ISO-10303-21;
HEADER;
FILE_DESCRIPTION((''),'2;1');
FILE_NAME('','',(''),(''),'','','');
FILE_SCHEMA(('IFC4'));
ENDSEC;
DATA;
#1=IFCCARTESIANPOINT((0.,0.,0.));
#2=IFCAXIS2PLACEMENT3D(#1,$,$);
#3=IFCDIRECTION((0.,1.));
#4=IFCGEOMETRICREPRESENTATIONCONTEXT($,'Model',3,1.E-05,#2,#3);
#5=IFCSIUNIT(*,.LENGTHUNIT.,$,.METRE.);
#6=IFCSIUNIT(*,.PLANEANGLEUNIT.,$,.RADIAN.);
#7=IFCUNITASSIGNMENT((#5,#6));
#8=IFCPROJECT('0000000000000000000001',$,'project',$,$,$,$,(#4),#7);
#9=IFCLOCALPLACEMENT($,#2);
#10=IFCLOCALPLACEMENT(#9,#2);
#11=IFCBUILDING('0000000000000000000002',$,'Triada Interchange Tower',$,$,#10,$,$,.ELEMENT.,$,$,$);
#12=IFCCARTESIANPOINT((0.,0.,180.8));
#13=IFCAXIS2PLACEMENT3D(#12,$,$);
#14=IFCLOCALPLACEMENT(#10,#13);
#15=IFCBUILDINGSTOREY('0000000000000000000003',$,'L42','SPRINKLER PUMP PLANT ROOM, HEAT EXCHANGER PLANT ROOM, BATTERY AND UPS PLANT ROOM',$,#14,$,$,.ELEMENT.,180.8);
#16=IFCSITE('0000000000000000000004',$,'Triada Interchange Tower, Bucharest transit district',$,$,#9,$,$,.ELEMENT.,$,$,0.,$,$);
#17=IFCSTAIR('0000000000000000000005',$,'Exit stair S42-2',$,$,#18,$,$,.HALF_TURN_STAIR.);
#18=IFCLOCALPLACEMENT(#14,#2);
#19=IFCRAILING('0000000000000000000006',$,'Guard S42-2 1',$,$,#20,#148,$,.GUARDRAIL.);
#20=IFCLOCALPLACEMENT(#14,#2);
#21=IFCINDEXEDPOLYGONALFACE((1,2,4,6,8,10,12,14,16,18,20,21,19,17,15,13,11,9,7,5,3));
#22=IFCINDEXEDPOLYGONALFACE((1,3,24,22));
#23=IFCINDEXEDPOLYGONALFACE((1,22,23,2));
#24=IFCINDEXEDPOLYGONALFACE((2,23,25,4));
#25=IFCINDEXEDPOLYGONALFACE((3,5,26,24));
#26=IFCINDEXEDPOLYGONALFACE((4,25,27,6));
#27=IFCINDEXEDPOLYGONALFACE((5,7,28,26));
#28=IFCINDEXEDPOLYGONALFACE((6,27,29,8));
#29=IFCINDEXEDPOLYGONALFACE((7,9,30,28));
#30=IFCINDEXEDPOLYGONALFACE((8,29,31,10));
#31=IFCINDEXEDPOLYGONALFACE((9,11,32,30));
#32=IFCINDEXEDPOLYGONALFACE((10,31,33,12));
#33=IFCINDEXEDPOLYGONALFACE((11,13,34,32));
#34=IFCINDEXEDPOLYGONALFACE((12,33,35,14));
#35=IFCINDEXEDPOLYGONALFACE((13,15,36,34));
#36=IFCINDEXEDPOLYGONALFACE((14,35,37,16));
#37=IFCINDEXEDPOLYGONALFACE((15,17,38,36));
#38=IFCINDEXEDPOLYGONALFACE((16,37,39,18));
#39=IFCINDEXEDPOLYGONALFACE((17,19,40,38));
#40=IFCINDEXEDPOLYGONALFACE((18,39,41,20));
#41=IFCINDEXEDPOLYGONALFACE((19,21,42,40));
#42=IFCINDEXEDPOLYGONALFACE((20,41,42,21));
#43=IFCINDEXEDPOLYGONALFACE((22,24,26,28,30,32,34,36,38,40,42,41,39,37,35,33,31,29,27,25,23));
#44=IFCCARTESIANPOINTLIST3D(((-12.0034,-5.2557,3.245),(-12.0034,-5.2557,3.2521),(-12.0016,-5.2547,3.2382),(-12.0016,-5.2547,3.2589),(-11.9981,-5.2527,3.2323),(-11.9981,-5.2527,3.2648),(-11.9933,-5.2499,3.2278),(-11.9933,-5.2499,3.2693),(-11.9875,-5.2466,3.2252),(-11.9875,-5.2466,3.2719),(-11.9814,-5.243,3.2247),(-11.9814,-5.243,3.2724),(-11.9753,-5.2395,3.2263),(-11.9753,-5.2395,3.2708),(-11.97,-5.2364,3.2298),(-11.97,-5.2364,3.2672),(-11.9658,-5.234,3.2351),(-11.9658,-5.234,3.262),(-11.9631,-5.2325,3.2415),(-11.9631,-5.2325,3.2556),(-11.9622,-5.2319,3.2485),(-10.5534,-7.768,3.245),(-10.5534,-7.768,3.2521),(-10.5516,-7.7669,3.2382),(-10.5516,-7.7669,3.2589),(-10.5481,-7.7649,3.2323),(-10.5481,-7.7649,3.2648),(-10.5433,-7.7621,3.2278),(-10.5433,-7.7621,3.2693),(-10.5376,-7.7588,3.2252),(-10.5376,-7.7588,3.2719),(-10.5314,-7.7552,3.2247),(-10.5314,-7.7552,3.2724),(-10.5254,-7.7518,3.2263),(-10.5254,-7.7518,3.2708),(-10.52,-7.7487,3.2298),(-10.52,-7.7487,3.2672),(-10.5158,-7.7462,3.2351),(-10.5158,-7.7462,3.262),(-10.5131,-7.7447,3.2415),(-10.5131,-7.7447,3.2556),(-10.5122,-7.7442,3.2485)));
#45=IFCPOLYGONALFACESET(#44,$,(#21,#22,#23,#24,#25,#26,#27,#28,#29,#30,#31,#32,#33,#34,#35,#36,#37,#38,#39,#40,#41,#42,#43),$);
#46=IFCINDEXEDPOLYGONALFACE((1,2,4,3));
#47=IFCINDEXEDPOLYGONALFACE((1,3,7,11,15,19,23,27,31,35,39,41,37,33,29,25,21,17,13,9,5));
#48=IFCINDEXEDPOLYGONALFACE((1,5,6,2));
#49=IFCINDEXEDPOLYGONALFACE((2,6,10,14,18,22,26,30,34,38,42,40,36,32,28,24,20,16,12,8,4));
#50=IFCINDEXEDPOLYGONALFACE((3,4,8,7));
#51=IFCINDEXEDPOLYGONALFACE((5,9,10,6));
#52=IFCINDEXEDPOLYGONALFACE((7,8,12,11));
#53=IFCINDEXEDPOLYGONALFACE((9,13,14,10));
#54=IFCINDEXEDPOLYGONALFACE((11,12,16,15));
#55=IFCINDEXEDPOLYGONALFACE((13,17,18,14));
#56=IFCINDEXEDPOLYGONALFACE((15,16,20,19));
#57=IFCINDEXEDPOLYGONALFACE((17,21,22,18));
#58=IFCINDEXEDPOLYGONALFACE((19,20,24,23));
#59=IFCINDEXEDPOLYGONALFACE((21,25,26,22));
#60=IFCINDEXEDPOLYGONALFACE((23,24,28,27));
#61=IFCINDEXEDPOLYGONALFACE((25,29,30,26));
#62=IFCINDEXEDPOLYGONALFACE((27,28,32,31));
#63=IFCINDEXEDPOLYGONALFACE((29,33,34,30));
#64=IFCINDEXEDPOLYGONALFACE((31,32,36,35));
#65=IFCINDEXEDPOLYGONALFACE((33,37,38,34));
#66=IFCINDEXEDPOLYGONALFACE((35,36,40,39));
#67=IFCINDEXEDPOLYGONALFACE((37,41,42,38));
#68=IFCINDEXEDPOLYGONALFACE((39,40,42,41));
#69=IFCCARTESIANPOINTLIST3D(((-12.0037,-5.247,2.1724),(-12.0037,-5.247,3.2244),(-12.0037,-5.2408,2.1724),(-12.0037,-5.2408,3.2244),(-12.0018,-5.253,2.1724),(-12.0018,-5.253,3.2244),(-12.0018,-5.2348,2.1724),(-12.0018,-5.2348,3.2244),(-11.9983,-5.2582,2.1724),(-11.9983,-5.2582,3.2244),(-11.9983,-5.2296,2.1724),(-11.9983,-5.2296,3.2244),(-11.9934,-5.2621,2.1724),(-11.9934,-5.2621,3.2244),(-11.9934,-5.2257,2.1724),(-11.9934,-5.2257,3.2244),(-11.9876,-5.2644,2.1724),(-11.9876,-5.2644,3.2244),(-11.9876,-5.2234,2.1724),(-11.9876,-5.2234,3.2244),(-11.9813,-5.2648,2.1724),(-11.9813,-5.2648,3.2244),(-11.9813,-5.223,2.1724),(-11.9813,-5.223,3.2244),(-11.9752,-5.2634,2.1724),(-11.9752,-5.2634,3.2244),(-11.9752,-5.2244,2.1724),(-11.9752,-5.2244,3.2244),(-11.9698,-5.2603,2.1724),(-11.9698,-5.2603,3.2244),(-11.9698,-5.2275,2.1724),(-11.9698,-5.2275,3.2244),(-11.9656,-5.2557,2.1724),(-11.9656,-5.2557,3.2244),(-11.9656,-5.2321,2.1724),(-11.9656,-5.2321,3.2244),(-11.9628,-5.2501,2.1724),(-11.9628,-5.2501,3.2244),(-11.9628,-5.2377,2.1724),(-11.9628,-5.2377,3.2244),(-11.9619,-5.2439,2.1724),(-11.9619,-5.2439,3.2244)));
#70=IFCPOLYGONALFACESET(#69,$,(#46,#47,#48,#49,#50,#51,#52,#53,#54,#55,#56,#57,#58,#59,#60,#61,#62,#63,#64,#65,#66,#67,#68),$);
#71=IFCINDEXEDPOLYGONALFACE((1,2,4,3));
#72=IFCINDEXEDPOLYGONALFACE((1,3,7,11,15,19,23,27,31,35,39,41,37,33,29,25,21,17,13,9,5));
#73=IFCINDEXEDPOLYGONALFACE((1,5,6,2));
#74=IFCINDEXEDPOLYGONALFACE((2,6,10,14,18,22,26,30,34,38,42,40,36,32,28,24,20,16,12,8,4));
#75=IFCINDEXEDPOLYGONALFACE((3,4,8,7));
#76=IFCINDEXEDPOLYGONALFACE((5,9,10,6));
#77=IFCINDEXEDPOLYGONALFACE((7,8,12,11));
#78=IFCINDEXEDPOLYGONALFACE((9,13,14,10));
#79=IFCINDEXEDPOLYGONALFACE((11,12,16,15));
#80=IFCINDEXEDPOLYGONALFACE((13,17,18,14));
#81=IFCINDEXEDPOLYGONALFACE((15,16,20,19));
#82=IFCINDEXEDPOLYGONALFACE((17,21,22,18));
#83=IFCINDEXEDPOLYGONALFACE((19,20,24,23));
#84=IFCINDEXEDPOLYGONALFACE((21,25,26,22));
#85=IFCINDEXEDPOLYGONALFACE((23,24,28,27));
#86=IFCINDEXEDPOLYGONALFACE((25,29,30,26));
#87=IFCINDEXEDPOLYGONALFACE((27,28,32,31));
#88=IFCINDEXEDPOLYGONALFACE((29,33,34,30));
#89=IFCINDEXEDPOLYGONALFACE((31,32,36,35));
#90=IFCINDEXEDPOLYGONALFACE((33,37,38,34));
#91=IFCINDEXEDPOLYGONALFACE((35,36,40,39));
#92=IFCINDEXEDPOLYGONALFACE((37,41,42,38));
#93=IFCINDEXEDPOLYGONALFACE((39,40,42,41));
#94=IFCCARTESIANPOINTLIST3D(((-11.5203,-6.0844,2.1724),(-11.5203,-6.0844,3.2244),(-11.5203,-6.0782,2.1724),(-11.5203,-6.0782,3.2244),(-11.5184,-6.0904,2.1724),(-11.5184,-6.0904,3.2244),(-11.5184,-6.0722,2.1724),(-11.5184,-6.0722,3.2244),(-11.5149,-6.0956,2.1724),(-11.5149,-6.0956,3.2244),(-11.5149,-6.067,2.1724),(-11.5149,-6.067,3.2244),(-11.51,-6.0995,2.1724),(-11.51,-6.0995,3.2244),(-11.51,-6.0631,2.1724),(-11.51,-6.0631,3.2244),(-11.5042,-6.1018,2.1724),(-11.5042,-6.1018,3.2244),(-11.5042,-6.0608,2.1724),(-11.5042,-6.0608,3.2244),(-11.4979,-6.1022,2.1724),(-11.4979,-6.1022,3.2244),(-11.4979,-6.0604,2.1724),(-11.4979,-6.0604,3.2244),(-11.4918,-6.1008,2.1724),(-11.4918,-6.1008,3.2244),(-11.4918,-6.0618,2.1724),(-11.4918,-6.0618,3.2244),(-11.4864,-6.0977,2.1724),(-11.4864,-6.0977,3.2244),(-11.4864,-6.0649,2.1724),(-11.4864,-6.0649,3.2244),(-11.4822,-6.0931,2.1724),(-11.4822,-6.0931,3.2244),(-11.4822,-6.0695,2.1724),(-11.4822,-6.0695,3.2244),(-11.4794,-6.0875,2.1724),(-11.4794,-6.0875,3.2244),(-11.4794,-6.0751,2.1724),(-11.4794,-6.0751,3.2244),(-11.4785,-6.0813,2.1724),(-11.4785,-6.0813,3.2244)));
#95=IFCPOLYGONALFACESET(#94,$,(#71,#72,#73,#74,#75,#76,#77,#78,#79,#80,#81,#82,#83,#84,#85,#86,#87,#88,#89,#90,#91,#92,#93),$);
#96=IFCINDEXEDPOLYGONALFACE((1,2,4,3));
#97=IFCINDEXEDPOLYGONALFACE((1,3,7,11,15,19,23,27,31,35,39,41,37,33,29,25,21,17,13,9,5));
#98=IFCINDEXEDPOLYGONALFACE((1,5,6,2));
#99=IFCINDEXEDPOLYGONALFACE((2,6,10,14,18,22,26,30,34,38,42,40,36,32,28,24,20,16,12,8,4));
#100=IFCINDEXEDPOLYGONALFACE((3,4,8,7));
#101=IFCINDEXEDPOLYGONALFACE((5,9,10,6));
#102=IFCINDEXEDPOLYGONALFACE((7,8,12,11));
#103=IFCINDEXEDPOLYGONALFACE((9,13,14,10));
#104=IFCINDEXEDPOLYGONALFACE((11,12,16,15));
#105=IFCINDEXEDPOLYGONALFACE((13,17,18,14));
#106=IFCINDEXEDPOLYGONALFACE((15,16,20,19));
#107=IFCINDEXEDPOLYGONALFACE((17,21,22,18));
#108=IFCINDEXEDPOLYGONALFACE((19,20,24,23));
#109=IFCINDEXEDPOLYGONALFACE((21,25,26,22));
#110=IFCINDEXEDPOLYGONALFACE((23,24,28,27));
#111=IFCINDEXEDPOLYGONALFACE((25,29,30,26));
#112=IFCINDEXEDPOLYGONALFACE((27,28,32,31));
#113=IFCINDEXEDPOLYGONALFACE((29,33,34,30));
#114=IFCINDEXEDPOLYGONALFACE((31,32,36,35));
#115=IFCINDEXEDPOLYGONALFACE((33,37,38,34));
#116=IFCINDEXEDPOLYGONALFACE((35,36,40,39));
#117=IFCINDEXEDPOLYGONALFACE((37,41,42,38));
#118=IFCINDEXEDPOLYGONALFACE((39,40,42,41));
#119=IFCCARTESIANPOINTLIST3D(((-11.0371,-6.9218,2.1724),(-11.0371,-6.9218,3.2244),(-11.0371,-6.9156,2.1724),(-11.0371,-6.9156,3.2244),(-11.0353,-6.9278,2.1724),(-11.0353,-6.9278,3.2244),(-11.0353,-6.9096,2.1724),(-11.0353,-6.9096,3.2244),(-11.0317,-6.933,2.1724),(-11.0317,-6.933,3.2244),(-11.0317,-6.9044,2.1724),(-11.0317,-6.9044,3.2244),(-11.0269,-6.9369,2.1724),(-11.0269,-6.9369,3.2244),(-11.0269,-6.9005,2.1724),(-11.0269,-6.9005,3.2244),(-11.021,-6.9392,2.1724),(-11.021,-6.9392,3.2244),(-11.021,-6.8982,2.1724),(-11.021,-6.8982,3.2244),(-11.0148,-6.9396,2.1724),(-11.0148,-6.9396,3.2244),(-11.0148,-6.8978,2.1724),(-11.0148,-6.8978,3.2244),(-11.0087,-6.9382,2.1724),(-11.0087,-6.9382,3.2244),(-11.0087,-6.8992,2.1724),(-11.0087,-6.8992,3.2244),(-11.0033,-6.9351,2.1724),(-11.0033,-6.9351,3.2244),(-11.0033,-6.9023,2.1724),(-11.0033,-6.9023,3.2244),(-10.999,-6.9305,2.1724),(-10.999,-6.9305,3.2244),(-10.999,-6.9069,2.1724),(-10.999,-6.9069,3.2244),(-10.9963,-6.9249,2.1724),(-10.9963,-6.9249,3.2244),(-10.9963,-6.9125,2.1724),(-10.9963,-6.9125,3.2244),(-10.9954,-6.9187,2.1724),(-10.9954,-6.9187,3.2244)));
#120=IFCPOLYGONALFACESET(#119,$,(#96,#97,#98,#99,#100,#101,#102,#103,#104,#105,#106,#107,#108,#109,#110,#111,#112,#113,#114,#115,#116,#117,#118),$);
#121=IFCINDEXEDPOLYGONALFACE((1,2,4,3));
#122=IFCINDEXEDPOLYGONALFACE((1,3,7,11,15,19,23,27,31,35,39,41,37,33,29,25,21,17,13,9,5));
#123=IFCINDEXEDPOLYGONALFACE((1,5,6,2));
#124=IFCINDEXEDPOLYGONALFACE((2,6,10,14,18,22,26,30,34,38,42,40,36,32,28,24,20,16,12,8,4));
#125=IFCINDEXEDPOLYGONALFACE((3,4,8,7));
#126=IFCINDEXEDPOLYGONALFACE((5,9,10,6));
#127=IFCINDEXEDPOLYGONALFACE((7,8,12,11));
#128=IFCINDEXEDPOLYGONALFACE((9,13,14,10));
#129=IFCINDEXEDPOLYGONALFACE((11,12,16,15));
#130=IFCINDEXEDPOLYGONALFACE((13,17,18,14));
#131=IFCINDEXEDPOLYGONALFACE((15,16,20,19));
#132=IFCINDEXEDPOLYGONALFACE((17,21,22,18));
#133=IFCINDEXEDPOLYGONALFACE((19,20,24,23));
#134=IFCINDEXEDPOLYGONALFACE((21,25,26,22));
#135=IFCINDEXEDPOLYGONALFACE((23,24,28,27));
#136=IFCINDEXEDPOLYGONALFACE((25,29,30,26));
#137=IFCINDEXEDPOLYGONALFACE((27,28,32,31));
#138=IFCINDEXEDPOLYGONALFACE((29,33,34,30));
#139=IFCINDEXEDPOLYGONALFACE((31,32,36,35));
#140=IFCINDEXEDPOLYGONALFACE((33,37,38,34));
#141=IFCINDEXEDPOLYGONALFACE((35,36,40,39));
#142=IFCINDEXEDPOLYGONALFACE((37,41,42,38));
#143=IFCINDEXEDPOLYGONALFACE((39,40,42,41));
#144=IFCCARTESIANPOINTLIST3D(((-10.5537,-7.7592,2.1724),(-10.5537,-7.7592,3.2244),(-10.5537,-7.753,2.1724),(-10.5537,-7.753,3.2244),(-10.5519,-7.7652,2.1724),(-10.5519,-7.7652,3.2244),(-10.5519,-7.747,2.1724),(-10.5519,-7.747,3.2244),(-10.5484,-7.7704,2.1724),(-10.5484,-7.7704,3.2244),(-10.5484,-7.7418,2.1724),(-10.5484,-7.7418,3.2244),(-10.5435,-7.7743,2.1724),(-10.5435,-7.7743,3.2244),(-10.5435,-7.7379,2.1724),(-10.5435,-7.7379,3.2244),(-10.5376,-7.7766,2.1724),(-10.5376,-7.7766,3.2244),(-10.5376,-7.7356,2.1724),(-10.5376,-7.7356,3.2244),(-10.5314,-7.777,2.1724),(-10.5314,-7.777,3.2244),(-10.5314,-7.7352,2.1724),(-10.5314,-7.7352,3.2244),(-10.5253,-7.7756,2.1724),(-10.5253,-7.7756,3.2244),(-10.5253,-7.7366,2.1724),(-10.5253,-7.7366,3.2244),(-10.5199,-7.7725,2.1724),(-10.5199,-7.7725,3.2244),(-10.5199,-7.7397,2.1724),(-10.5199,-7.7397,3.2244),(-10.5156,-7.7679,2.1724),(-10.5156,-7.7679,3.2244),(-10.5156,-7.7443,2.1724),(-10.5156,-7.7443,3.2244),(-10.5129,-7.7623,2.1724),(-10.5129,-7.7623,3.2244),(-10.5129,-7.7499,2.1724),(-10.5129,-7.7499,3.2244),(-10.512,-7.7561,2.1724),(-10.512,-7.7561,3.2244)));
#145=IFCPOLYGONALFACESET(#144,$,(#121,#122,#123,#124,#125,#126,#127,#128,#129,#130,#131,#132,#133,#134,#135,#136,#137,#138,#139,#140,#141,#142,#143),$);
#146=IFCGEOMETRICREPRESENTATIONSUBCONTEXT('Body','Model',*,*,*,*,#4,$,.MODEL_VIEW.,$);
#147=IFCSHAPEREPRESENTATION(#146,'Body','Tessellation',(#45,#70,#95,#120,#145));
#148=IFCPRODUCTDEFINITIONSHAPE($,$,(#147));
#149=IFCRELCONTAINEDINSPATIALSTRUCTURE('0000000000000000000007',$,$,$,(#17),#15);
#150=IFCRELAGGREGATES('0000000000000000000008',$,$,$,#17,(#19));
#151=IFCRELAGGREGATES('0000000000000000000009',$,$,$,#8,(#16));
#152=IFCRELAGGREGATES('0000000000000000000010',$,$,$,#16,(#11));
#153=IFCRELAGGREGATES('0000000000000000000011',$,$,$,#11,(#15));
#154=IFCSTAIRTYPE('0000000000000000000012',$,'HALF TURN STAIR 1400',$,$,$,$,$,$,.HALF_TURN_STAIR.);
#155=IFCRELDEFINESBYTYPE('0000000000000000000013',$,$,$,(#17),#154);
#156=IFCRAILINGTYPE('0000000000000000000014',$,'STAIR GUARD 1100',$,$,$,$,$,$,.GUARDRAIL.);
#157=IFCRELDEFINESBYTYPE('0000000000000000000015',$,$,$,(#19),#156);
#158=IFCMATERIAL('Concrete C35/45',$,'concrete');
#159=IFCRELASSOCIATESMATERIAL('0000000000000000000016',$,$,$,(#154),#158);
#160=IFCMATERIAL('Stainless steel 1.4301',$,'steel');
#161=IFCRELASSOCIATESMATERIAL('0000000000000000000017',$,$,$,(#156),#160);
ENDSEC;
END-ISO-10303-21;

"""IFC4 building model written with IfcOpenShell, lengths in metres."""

from ifc_helpers import new_model, si_unit, direction, frame, origin, origin_2d, place, context, subcontext, project, spatial, circle, extrude, material, type_object, element, aggregate, save


model = new_model("IFC4")

# Units and contexts
model_context = context("Model", 3, precision=1e-05, world=origin(), true_north=direction((0.0, 1.0)))
body_context = subcontext(model_context, "Body", "Model", "MODEL_VIEW")
ifc_project = project(units=[si_unit("LENGTHUNIT", "METRE"), si_unit("PLANEANGLEUNIT", "RADIAN")], contexts=[model_context])

# Site, building, storey
site_placement = place(None, origin())
site = spatial("IfcSite", under=ifc_project, at=site_placement, Name="Triada Interchange Tower, Bucharest transit district", CompositionType="ELEMENT", RefElevation=0.0)
building_placement = place(site_placement, origin())
building = spatial("IfcBuilding", under=site, at=building_placement, Name="Triada Interchange Tower", CompositionType="ELEMENT")
storey_placement = place(building_placement, frame((0.0, 0.0, 180.8)))
storey = spatial("IfcBuildingStorey", under=building, at=storey_placement, Name="L42", Description="SPRINKLER PUMP PLANT ROOM, HEAT EXCHANGER PLANT ROOM, BATTERY AND UPS PLANT ROOM", CompositionType="ELEMENT", Elevation=180.8)

# Shared definitions
ifc_material_1 = material(Name="Concrete C35/45", Category="concrete")

# Stair, railing
stair_type = type_object("IfcStairType", Name="HALF TURN STAIR 1400", PredefinedType="HALF_TURN_STAIR", material=ifc_material_1)
stair_placement = place(storey_placement, origin())
stair = element("IfcStair", 1, at=stair_placement, inside=storey, type_object=stair_type, Name="Exit stair S42-2", PredefinedType="HALF_TURN_STAIR")
ifc_material_2 = material(Name="Stainless steel 1.4301", Category="steel")
railing_type_1 = type_object("IfcRailingType", Name="STAIR GUARD 1100", PredefinedType="GUARDRAIL", material=ifc_material_2)
railing_1_placement = place(storey_placement, frame((-11.9829, -5.2439, 2.1724)))
railing_1 = element("IfcRailing", 2, at=railing_1_placement, type_object=railing_type_1, Name="Guard S42-2 1", PredefinedType="GUARDRAIL", context=body_context, shape_type="SweptSolid", body=[
    extrude(circle(Radius=0.0239, at=origin_2d()), frame((0.0, 0.0, 1.0762), z_axis=(0.499878, -0.866096, 0.0), x_axis=(0.866096, 0.499878, 0.0)), (0.0, 0.0, 1.0), 2.9006),
    extrude(circle(Radius=0.021, at=origin_2d()), origin(), (0.0, 0.0, 1.0), 1.052),
    extrude(circle(Radius=0.021, at=origin_2d()), frame((0.4834, -0.8374, 0.0)), (0.0, 0.0, 1.0), 1.052),
    extrude(circle(Radius=0.021, at=origin_2d()), frame((0.9666, -1.6748, 0.0)), (0.0, 0.0, 1.0), 1.052),
    extrude(circle(Radius=0.021, at=origin_2d()), frame((1.45, -2.5122, 0.0)), (0.0, 0.0, 1.0), 1.052),
])
aggregate(stair, [railing_1])

save(model, "model.ifc")
